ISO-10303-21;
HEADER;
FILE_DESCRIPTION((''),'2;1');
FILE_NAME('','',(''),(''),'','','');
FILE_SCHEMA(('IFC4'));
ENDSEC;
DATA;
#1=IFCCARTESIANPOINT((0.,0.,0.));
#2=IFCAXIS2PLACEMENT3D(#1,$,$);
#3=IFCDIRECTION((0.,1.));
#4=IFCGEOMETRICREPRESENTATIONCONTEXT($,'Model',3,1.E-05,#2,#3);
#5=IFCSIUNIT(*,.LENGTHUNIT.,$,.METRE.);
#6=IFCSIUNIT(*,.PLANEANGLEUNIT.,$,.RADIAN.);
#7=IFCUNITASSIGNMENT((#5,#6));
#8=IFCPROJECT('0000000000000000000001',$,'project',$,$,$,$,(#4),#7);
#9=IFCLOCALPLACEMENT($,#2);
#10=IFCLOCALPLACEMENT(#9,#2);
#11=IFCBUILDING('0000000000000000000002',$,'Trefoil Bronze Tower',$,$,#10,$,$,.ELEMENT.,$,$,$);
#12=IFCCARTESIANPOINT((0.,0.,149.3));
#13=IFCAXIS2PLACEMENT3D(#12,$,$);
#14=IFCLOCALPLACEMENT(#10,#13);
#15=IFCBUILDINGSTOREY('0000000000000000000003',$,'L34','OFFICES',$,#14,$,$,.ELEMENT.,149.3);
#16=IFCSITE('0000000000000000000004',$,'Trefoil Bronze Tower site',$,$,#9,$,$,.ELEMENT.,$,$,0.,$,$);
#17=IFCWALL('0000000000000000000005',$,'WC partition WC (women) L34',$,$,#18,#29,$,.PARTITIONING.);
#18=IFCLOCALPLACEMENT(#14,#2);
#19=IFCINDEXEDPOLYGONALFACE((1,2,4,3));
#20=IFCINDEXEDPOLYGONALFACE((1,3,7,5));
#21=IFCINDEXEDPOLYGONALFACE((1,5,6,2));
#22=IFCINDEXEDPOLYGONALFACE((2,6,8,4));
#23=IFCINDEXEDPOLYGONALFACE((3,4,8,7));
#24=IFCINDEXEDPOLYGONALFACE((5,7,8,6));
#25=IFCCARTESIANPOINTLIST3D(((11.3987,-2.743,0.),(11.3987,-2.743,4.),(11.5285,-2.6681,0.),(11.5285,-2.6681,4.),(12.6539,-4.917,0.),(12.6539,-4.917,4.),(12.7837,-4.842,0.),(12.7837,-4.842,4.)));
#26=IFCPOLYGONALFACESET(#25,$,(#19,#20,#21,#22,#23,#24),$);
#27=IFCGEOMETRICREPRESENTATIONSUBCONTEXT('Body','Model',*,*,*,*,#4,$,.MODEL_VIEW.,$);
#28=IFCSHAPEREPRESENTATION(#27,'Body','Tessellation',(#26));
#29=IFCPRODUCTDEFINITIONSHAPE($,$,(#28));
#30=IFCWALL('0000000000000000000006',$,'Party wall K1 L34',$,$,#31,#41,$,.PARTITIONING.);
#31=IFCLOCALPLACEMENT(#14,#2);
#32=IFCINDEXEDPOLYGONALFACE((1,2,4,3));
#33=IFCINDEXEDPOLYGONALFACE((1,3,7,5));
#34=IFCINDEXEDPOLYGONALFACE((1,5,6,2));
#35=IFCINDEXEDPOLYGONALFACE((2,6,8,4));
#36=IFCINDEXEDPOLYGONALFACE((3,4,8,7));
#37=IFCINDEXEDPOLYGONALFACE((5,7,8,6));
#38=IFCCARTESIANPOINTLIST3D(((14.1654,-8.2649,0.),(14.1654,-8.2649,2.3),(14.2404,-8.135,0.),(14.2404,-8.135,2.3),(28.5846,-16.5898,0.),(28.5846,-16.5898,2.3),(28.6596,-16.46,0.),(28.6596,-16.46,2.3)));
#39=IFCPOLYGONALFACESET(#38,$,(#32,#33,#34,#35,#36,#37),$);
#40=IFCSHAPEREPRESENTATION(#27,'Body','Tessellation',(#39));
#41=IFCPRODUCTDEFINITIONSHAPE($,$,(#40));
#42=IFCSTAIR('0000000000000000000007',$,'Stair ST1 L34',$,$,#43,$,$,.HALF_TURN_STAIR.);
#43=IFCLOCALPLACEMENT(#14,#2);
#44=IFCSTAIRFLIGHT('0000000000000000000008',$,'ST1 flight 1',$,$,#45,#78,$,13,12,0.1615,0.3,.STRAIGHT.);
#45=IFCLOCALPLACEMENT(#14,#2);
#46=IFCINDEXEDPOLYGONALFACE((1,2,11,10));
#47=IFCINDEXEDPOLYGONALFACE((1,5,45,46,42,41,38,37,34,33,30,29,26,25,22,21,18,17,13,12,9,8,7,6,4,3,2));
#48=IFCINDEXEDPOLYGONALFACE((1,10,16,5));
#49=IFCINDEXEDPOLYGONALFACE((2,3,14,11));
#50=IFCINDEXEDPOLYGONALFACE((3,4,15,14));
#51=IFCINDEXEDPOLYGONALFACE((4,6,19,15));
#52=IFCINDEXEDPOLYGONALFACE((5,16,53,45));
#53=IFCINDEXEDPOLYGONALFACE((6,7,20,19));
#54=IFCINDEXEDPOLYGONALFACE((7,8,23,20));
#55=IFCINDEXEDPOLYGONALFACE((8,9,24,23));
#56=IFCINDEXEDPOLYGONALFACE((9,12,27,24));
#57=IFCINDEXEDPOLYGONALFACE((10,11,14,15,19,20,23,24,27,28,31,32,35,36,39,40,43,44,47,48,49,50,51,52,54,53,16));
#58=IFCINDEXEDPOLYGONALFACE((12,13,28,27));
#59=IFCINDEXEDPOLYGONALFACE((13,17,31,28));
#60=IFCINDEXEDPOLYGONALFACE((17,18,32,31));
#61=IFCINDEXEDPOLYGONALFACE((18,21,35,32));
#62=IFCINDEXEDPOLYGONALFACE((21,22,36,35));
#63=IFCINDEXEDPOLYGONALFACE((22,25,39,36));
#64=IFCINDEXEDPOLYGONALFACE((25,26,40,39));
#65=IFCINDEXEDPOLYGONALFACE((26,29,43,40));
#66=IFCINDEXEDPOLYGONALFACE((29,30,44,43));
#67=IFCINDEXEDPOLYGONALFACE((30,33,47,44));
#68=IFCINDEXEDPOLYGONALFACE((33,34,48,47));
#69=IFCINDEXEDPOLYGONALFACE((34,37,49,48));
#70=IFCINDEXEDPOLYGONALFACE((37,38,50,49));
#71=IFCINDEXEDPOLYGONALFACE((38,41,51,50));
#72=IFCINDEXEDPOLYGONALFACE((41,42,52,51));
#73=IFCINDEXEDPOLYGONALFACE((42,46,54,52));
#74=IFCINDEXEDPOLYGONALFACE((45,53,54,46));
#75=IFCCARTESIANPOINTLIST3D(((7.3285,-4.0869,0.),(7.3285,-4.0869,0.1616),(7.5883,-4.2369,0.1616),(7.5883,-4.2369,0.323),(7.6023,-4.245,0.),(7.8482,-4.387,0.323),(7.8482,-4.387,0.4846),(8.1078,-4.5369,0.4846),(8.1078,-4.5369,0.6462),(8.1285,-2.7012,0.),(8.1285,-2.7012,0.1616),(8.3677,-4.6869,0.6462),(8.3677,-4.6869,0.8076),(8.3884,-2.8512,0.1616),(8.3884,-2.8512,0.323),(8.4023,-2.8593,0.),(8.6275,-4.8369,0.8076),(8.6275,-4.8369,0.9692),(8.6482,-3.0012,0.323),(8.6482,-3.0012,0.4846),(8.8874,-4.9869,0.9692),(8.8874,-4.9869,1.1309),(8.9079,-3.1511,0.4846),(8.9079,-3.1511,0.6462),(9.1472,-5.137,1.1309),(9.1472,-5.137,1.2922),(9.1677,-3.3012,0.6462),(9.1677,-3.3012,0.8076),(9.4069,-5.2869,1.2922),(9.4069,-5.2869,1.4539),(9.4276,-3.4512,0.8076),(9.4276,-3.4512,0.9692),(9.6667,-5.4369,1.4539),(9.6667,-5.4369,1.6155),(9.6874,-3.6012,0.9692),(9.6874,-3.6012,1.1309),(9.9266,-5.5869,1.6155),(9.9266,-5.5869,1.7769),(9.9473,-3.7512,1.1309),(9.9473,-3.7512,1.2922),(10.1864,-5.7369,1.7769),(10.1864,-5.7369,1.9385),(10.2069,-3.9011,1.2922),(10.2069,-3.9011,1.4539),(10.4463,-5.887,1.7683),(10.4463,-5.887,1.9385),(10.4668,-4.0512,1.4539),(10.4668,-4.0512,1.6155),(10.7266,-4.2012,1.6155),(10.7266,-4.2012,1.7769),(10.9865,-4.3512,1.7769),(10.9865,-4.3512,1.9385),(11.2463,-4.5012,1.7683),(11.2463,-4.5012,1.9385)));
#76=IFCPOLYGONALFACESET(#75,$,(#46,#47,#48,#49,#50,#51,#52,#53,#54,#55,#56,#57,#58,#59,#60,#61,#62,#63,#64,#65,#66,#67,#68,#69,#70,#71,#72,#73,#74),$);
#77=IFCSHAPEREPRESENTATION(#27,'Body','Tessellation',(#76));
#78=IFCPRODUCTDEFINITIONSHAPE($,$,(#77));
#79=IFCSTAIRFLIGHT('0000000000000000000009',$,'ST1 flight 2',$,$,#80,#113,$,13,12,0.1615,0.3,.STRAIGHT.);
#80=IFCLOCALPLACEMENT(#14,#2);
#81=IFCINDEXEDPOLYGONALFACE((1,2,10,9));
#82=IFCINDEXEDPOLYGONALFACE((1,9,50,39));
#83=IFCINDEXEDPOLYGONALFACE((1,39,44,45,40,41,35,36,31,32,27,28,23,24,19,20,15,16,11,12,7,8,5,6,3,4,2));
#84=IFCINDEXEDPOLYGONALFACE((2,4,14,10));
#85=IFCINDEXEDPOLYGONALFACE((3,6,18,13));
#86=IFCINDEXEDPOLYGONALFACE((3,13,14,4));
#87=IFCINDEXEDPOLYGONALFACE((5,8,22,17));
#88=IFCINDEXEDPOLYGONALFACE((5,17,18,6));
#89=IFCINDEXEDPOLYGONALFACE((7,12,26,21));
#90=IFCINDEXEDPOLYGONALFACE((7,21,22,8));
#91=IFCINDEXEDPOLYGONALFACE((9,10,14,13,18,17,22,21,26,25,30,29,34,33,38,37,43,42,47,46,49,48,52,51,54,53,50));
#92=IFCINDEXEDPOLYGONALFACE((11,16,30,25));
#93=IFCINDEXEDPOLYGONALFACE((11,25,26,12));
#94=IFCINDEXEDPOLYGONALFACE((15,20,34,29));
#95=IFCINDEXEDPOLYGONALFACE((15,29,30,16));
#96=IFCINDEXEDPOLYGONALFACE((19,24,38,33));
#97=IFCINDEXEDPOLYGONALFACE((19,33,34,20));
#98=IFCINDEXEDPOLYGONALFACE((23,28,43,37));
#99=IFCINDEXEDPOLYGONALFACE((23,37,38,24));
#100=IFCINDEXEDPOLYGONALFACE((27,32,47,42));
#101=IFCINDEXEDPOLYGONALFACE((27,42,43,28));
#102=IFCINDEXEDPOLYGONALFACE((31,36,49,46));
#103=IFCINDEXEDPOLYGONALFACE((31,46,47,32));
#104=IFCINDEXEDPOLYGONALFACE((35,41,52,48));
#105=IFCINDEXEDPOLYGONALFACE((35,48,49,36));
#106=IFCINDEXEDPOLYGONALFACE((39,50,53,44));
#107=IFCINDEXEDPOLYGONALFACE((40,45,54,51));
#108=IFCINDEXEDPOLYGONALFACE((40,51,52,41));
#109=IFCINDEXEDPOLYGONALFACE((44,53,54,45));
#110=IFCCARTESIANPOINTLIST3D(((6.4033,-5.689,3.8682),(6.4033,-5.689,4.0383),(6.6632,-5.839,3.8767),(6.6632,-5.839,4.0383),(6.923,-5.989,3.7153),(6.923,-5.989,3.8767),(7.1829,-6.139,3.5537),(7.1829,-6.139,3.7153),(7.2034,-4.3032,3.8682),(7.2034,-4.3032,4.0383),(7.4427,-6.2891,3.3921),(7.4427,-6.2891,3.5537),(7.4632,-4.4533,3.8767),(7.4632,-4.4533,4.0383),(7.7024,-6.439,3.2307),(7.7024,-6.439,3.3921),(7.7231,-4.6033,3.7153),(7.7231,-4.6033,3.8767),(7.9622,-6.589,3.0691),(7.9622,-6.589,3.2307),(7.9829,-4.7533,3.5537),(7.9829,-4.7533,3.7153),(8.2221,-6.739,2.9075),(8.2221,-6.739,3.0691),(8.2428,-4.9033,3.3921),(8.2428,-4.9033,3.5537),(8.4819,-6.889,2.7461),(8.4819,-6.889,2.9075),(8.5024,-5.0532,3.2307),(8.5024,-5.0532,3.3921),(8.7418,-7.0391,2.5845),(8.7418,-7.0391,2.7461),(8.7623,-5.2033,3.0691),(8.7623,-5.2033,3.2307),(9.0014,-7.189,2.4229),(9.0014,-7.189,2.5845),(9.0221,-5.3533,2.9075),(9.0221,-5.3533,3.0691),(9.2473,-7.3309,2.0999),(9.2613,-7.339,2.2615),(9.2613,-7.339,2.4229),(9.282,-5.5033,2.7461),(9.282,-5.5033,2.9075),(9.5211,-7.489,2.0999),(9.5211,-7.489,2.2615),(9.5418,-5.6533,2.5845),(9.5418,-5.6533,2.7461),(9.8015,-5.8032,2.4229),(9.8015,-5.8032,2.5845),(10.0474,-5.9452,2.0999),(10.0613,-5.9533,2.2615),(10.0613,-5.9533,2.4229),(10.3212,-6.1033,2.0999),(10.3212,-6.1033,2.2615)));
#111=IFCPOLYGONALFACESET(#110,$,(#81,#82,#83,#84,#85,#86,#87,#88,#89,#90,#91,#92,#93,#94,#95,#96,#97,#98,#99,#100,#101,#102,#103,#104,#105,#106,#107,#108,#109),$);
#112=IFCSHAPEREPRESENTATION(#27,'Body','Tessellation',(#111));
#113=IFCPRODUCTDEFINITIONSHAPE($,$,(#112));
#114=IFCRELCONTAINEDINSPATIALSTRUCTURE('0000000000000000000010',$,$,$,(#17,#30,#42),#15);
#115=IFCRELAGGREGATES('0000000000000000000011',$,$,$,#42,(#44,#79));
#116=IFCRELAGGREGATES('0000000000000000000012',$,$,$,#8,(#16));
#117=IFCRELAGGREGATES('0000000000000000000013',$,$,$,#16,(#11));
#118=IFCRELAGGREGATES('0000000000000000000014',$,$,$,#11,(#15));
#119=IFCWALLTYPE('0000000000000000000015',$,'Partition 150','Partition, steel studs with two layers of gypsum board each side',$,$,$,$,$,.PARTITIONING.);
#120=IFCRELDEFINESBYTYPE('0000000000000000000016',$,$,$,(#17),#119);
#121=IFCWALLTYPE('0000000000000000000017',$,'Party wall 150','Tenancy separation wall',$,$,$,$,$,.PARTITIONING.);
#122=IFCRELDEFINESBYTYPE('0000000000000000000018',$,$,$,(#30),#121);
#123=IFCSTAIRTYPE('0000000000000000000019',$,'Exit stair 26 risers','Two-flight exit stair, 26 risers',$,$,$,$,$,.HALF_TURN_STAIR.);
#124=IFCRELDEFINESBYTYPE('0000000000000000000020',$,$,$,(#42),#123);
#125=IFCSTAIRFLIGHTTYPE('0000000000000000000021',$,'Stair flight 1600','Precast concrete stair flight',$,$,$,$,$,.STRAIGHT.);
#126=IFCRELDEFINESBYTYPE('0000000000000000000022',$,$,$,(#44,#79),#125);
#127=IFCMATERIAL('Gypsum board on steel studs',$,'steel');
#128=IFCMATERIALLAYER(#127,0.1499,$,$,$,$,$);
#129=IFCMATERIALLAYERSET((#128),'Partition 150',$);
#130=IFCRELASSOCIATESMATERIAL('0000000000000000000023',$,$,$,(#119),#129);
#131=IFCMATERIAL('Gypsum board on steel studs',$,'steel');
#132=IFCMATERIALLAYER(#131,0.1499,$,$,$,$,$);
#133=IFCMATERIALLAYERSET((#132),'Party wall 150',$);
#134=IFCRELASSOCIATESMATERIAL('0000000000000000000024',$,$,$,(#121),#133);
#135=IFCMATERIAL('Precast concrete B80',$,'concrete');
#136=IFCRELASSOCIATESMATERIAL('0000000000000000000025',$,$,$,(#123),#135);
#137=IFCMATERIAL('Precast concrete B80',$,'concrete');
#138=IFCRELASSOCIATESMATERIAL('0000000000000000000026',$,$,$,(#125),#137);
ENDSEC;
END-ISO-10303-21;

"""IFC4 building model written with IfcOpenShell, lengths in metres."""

from ifc_helpers import new_model, si_unit, direction, frame, frame_2d, origin, place, context, subcontext, project, spatial, polyline, rectangle, outline, extrude, material, layer, layer_set, type_object, element, aggregate, save


model = new_model("IFC4")

# Units and contexts
model_context = context("Model", 3, precision=1e-05, world=origin(), true_north=direction((0.0, 1.0)))
body_context = subcontext(model_context, "Body", "Model", "MODEL_VIEW")
ifc_project = project(units=[si_unit("LENGTHUNIT", "METRE"), si_unit("PLANEANGLEUNIT", "RADIAN")], contexts=[model_context])

# Site, building, storey
site_placement = place(None, origin())
site = spatial("IfcSite", under=ifc_project, at=site_placement, Name="Trefoil Bronze Tower site", CompositionType="ELEMENT", RefElevation=0.0)
building_placement = place(site_placement, origin())
building = spatial("IfcBuilding", under=site, at=building_placement, Name="Trefoil Bronze Tower", CompositionType="ELEMENT")
storey_placement = place(building_placement, frame((0.0, 0.0, 149.3)))
storey = spatial("IfcBuildingStorey", under=building, at=storey_placement, Name="L34", Description="OFFICES", CompositionType="ELEMENT", Elevation=149.3)

# Shared definitions
ifc_material_1 = material(Name="Gypsum board on steel studs", Category="steel")
ifc_layer_1 = layer(ifc_material_1, 0.1499)
ifc_layer_set_1 = layer_set([ifc_layer_1], Name="Partition 150")
wall_type_1 = type_object("IfcWallType", Name="Partition 150", Description="Partition, steel studs with two layers of gypsum board each side", PredefinedType="PARTITIONING", material=ifc_layer_set_1)

# Walls
wall_1_placement = place(storey_placement, frame((11.4636, -2.7056, 0.0), z_axis=(0.0, 0.0, 1.0), x_axis=(0.50002, -0.866014, 0.0)))
element("IfcWall", 1, at=wall_1_placement, inside=storey, type_object=wall_type_1, Name="WC partition WC (women) L34", PredefinedType="PARTITIONING", context=body_context, shape_type="SweptSolid", body=[
    extrude(rectangle(XDim=2.5103, YDim=0.1499, at=frame_2d((1.2551, 0.0))), origin(), (0.0, 0.0, 1.0), 4.0),
])
ifc_material_2 = material(Name="Gypsum board on steel studs", Category="steel")
ifc_layer_2 = layer(ifc_material_2, 0.1499)
ifc_layer_set_2 = layer_set([ifc_layer_2], Name="Party wall 150")
wall_type_2 = type_object("IfcWallType", Name="Party wall 150", Description="Tenancy separation wall", PredefinedType="PARTITIONING", material=ifc_layer_set_2)
wall_2_placement = place(storey_placement, frame((14.2029, -8.2, 0.0), z_axis=(0.0, 0.0, 1.0), x_axis=(0.866025, -0.500001, 0.0)))
element("IfcWall", 2, at=wall_2_placement, inside=storey, type_object=wall_type_2, Name="Party wall K1 L34", PredefinedType="PARTITIONING", context=body_context, shape_type="SweptSolid", body=[
    extrude(rectangle(XDim=16.6499, YDim=0.1499, at=frame_2d((8.325, 0.0))), origin(), (0.0, 0.0, 1.0), 2.3),
])

# Stair, stair flights
ifc_material_3 = material(Name="Precast concrete B80", Category="concrete")
stair_type = type_object("IfcStairType", Name="Exit stair 26 risers", Description="Two-flight exit stair, 26 risers", PredefinedType="HALF_TURN_STAIR", material=ifc_material_3)
stair_placement = place(storey_placement, origin())
stair = element("IfcStair", 3, at=stair_placement, inside=storey, type_object=stair_type, Name="Stair ST1 L34", PredefinedType="HALF_TURN_STAIR")
ifc_material_4 = material(Name="Precast concrete B80", Category="concrete")
stair_flight_type = type_object("IfcStairFlightType", Name="Stair flight 1600", Description="Precast concrete stair flight", PredefinedType="STRAIGHT", material=ifc_material_4)
stair_flight_1_placement = place(storey_placement, frame((7.7285, -3.394, 0.0), z_axis=(0.0, 0.0, 1.0), x_axis=(0.866025, -0.5, 0.0)))
stair_flight_1 = element("IfcStairFlight", 4, at=stair_flight_1_placement, type_object=stair_flight_type, Name="ST1 flight 1", NumberOfRisers=13, NumberOfTreads=12, PredefinedType="STRAIGHT", RiserHeight=0.1615, TreadLength=0.3, context=body_context, shape_type="SweptSolid", body=[
    extrude(outline(polyline([(0.0, 0.0), (0.0, 0.1616), (0.3, 0.1616), (0.3, 0.323), (0.6001, 0.323), (0.6001, 0.4846), (0.8999, 0.4846), (0.8999, 0.6462), (1.2, 0.6462), (1.2, 0.8076), (1.5, 0.8076), (1.5, 0.9692), (1.8, 0.9692), (1.8, 1.1309), (2.1001, 1.1309), (2.1001, 1.2922), (2.3999, 1.2922), (2.3999, 1.4539), (2.7, 1.4539), (2.7, 1.6155), (3.0, 1.6155), (3.0, 1.7769), (3.3, 1.7769), (3.3, 1.9385), (3.6001, 1.9385), (3.6001, 2.1001), (3.6001, 1.7683), (0.3162, 0.0), (0.0, 0.0)])), frame((0.0, 0.8, 0.0), z_axis=(0.0, -1.0, 0.0), x_axis=(1.0, 0.0, 0.0)), (0.0, 0.0, 1.0), 1.6001),
])
stair_flight_2_placement = place(storey_placement, frame((9.9211, -6.7961, 2.0999), z_axis=(0.0, 0.0, 1.0), x_axis=(-0.866025, 0.5, 0.0)))
stair_flight_2 = element("IfcStairFlight", 5, at=stair_flight_2_placement, type_object=stair_flight_type, Name="ST1 flight 2", NumberOfRisers=13, NumberOfTreads=12, PredefinedType="STRAIGHT", RiserHeight=0.1615, TreadLength=0.3, context=body_context, shape_type="SweptSolid", body=[
    extrude(outline(polyline([(0.0, 0.0), (0.0, 0.1616), (0.3, 0.1616), (0.3, 0.323), (0.6001, 0.323), (0.6001, 0.4846), (0.8999, 0.4846), (0.8999, 0.6462), (1.2, 0.6462), (1.2, 0.8076), (1.5, 0.8076), (1.5, 0.9692), (1.8, 0.9692), (1.8, 1.1309), (2.1001, 1.1309), (2.1001, 1.2922), (2.3999, 1.2922), (2.3999, 1.4539), (2.7, 1.4539), (2.7, 1.6155), (3.0, 1.6155), (3.0, 1.7769), (3.3, 1.7769), (3.3, 1.9385), (3.6001, 1.9385), (3.6001, 2.1001), (3.6001, 1.7683), (0.3162, 0.0), (0.0, 0.0)])), frame((0.0, 0.8, 0.0), z_axis=(0.0, -1.0, 0.0), x_axis=(1.0, 0.0, 0.0)), (0.0, 0.0, 1.0), 1.6001),
])
aggregate(stair, [stair_flight_1, stair_flight_2])

save(model, "model.ifc")
